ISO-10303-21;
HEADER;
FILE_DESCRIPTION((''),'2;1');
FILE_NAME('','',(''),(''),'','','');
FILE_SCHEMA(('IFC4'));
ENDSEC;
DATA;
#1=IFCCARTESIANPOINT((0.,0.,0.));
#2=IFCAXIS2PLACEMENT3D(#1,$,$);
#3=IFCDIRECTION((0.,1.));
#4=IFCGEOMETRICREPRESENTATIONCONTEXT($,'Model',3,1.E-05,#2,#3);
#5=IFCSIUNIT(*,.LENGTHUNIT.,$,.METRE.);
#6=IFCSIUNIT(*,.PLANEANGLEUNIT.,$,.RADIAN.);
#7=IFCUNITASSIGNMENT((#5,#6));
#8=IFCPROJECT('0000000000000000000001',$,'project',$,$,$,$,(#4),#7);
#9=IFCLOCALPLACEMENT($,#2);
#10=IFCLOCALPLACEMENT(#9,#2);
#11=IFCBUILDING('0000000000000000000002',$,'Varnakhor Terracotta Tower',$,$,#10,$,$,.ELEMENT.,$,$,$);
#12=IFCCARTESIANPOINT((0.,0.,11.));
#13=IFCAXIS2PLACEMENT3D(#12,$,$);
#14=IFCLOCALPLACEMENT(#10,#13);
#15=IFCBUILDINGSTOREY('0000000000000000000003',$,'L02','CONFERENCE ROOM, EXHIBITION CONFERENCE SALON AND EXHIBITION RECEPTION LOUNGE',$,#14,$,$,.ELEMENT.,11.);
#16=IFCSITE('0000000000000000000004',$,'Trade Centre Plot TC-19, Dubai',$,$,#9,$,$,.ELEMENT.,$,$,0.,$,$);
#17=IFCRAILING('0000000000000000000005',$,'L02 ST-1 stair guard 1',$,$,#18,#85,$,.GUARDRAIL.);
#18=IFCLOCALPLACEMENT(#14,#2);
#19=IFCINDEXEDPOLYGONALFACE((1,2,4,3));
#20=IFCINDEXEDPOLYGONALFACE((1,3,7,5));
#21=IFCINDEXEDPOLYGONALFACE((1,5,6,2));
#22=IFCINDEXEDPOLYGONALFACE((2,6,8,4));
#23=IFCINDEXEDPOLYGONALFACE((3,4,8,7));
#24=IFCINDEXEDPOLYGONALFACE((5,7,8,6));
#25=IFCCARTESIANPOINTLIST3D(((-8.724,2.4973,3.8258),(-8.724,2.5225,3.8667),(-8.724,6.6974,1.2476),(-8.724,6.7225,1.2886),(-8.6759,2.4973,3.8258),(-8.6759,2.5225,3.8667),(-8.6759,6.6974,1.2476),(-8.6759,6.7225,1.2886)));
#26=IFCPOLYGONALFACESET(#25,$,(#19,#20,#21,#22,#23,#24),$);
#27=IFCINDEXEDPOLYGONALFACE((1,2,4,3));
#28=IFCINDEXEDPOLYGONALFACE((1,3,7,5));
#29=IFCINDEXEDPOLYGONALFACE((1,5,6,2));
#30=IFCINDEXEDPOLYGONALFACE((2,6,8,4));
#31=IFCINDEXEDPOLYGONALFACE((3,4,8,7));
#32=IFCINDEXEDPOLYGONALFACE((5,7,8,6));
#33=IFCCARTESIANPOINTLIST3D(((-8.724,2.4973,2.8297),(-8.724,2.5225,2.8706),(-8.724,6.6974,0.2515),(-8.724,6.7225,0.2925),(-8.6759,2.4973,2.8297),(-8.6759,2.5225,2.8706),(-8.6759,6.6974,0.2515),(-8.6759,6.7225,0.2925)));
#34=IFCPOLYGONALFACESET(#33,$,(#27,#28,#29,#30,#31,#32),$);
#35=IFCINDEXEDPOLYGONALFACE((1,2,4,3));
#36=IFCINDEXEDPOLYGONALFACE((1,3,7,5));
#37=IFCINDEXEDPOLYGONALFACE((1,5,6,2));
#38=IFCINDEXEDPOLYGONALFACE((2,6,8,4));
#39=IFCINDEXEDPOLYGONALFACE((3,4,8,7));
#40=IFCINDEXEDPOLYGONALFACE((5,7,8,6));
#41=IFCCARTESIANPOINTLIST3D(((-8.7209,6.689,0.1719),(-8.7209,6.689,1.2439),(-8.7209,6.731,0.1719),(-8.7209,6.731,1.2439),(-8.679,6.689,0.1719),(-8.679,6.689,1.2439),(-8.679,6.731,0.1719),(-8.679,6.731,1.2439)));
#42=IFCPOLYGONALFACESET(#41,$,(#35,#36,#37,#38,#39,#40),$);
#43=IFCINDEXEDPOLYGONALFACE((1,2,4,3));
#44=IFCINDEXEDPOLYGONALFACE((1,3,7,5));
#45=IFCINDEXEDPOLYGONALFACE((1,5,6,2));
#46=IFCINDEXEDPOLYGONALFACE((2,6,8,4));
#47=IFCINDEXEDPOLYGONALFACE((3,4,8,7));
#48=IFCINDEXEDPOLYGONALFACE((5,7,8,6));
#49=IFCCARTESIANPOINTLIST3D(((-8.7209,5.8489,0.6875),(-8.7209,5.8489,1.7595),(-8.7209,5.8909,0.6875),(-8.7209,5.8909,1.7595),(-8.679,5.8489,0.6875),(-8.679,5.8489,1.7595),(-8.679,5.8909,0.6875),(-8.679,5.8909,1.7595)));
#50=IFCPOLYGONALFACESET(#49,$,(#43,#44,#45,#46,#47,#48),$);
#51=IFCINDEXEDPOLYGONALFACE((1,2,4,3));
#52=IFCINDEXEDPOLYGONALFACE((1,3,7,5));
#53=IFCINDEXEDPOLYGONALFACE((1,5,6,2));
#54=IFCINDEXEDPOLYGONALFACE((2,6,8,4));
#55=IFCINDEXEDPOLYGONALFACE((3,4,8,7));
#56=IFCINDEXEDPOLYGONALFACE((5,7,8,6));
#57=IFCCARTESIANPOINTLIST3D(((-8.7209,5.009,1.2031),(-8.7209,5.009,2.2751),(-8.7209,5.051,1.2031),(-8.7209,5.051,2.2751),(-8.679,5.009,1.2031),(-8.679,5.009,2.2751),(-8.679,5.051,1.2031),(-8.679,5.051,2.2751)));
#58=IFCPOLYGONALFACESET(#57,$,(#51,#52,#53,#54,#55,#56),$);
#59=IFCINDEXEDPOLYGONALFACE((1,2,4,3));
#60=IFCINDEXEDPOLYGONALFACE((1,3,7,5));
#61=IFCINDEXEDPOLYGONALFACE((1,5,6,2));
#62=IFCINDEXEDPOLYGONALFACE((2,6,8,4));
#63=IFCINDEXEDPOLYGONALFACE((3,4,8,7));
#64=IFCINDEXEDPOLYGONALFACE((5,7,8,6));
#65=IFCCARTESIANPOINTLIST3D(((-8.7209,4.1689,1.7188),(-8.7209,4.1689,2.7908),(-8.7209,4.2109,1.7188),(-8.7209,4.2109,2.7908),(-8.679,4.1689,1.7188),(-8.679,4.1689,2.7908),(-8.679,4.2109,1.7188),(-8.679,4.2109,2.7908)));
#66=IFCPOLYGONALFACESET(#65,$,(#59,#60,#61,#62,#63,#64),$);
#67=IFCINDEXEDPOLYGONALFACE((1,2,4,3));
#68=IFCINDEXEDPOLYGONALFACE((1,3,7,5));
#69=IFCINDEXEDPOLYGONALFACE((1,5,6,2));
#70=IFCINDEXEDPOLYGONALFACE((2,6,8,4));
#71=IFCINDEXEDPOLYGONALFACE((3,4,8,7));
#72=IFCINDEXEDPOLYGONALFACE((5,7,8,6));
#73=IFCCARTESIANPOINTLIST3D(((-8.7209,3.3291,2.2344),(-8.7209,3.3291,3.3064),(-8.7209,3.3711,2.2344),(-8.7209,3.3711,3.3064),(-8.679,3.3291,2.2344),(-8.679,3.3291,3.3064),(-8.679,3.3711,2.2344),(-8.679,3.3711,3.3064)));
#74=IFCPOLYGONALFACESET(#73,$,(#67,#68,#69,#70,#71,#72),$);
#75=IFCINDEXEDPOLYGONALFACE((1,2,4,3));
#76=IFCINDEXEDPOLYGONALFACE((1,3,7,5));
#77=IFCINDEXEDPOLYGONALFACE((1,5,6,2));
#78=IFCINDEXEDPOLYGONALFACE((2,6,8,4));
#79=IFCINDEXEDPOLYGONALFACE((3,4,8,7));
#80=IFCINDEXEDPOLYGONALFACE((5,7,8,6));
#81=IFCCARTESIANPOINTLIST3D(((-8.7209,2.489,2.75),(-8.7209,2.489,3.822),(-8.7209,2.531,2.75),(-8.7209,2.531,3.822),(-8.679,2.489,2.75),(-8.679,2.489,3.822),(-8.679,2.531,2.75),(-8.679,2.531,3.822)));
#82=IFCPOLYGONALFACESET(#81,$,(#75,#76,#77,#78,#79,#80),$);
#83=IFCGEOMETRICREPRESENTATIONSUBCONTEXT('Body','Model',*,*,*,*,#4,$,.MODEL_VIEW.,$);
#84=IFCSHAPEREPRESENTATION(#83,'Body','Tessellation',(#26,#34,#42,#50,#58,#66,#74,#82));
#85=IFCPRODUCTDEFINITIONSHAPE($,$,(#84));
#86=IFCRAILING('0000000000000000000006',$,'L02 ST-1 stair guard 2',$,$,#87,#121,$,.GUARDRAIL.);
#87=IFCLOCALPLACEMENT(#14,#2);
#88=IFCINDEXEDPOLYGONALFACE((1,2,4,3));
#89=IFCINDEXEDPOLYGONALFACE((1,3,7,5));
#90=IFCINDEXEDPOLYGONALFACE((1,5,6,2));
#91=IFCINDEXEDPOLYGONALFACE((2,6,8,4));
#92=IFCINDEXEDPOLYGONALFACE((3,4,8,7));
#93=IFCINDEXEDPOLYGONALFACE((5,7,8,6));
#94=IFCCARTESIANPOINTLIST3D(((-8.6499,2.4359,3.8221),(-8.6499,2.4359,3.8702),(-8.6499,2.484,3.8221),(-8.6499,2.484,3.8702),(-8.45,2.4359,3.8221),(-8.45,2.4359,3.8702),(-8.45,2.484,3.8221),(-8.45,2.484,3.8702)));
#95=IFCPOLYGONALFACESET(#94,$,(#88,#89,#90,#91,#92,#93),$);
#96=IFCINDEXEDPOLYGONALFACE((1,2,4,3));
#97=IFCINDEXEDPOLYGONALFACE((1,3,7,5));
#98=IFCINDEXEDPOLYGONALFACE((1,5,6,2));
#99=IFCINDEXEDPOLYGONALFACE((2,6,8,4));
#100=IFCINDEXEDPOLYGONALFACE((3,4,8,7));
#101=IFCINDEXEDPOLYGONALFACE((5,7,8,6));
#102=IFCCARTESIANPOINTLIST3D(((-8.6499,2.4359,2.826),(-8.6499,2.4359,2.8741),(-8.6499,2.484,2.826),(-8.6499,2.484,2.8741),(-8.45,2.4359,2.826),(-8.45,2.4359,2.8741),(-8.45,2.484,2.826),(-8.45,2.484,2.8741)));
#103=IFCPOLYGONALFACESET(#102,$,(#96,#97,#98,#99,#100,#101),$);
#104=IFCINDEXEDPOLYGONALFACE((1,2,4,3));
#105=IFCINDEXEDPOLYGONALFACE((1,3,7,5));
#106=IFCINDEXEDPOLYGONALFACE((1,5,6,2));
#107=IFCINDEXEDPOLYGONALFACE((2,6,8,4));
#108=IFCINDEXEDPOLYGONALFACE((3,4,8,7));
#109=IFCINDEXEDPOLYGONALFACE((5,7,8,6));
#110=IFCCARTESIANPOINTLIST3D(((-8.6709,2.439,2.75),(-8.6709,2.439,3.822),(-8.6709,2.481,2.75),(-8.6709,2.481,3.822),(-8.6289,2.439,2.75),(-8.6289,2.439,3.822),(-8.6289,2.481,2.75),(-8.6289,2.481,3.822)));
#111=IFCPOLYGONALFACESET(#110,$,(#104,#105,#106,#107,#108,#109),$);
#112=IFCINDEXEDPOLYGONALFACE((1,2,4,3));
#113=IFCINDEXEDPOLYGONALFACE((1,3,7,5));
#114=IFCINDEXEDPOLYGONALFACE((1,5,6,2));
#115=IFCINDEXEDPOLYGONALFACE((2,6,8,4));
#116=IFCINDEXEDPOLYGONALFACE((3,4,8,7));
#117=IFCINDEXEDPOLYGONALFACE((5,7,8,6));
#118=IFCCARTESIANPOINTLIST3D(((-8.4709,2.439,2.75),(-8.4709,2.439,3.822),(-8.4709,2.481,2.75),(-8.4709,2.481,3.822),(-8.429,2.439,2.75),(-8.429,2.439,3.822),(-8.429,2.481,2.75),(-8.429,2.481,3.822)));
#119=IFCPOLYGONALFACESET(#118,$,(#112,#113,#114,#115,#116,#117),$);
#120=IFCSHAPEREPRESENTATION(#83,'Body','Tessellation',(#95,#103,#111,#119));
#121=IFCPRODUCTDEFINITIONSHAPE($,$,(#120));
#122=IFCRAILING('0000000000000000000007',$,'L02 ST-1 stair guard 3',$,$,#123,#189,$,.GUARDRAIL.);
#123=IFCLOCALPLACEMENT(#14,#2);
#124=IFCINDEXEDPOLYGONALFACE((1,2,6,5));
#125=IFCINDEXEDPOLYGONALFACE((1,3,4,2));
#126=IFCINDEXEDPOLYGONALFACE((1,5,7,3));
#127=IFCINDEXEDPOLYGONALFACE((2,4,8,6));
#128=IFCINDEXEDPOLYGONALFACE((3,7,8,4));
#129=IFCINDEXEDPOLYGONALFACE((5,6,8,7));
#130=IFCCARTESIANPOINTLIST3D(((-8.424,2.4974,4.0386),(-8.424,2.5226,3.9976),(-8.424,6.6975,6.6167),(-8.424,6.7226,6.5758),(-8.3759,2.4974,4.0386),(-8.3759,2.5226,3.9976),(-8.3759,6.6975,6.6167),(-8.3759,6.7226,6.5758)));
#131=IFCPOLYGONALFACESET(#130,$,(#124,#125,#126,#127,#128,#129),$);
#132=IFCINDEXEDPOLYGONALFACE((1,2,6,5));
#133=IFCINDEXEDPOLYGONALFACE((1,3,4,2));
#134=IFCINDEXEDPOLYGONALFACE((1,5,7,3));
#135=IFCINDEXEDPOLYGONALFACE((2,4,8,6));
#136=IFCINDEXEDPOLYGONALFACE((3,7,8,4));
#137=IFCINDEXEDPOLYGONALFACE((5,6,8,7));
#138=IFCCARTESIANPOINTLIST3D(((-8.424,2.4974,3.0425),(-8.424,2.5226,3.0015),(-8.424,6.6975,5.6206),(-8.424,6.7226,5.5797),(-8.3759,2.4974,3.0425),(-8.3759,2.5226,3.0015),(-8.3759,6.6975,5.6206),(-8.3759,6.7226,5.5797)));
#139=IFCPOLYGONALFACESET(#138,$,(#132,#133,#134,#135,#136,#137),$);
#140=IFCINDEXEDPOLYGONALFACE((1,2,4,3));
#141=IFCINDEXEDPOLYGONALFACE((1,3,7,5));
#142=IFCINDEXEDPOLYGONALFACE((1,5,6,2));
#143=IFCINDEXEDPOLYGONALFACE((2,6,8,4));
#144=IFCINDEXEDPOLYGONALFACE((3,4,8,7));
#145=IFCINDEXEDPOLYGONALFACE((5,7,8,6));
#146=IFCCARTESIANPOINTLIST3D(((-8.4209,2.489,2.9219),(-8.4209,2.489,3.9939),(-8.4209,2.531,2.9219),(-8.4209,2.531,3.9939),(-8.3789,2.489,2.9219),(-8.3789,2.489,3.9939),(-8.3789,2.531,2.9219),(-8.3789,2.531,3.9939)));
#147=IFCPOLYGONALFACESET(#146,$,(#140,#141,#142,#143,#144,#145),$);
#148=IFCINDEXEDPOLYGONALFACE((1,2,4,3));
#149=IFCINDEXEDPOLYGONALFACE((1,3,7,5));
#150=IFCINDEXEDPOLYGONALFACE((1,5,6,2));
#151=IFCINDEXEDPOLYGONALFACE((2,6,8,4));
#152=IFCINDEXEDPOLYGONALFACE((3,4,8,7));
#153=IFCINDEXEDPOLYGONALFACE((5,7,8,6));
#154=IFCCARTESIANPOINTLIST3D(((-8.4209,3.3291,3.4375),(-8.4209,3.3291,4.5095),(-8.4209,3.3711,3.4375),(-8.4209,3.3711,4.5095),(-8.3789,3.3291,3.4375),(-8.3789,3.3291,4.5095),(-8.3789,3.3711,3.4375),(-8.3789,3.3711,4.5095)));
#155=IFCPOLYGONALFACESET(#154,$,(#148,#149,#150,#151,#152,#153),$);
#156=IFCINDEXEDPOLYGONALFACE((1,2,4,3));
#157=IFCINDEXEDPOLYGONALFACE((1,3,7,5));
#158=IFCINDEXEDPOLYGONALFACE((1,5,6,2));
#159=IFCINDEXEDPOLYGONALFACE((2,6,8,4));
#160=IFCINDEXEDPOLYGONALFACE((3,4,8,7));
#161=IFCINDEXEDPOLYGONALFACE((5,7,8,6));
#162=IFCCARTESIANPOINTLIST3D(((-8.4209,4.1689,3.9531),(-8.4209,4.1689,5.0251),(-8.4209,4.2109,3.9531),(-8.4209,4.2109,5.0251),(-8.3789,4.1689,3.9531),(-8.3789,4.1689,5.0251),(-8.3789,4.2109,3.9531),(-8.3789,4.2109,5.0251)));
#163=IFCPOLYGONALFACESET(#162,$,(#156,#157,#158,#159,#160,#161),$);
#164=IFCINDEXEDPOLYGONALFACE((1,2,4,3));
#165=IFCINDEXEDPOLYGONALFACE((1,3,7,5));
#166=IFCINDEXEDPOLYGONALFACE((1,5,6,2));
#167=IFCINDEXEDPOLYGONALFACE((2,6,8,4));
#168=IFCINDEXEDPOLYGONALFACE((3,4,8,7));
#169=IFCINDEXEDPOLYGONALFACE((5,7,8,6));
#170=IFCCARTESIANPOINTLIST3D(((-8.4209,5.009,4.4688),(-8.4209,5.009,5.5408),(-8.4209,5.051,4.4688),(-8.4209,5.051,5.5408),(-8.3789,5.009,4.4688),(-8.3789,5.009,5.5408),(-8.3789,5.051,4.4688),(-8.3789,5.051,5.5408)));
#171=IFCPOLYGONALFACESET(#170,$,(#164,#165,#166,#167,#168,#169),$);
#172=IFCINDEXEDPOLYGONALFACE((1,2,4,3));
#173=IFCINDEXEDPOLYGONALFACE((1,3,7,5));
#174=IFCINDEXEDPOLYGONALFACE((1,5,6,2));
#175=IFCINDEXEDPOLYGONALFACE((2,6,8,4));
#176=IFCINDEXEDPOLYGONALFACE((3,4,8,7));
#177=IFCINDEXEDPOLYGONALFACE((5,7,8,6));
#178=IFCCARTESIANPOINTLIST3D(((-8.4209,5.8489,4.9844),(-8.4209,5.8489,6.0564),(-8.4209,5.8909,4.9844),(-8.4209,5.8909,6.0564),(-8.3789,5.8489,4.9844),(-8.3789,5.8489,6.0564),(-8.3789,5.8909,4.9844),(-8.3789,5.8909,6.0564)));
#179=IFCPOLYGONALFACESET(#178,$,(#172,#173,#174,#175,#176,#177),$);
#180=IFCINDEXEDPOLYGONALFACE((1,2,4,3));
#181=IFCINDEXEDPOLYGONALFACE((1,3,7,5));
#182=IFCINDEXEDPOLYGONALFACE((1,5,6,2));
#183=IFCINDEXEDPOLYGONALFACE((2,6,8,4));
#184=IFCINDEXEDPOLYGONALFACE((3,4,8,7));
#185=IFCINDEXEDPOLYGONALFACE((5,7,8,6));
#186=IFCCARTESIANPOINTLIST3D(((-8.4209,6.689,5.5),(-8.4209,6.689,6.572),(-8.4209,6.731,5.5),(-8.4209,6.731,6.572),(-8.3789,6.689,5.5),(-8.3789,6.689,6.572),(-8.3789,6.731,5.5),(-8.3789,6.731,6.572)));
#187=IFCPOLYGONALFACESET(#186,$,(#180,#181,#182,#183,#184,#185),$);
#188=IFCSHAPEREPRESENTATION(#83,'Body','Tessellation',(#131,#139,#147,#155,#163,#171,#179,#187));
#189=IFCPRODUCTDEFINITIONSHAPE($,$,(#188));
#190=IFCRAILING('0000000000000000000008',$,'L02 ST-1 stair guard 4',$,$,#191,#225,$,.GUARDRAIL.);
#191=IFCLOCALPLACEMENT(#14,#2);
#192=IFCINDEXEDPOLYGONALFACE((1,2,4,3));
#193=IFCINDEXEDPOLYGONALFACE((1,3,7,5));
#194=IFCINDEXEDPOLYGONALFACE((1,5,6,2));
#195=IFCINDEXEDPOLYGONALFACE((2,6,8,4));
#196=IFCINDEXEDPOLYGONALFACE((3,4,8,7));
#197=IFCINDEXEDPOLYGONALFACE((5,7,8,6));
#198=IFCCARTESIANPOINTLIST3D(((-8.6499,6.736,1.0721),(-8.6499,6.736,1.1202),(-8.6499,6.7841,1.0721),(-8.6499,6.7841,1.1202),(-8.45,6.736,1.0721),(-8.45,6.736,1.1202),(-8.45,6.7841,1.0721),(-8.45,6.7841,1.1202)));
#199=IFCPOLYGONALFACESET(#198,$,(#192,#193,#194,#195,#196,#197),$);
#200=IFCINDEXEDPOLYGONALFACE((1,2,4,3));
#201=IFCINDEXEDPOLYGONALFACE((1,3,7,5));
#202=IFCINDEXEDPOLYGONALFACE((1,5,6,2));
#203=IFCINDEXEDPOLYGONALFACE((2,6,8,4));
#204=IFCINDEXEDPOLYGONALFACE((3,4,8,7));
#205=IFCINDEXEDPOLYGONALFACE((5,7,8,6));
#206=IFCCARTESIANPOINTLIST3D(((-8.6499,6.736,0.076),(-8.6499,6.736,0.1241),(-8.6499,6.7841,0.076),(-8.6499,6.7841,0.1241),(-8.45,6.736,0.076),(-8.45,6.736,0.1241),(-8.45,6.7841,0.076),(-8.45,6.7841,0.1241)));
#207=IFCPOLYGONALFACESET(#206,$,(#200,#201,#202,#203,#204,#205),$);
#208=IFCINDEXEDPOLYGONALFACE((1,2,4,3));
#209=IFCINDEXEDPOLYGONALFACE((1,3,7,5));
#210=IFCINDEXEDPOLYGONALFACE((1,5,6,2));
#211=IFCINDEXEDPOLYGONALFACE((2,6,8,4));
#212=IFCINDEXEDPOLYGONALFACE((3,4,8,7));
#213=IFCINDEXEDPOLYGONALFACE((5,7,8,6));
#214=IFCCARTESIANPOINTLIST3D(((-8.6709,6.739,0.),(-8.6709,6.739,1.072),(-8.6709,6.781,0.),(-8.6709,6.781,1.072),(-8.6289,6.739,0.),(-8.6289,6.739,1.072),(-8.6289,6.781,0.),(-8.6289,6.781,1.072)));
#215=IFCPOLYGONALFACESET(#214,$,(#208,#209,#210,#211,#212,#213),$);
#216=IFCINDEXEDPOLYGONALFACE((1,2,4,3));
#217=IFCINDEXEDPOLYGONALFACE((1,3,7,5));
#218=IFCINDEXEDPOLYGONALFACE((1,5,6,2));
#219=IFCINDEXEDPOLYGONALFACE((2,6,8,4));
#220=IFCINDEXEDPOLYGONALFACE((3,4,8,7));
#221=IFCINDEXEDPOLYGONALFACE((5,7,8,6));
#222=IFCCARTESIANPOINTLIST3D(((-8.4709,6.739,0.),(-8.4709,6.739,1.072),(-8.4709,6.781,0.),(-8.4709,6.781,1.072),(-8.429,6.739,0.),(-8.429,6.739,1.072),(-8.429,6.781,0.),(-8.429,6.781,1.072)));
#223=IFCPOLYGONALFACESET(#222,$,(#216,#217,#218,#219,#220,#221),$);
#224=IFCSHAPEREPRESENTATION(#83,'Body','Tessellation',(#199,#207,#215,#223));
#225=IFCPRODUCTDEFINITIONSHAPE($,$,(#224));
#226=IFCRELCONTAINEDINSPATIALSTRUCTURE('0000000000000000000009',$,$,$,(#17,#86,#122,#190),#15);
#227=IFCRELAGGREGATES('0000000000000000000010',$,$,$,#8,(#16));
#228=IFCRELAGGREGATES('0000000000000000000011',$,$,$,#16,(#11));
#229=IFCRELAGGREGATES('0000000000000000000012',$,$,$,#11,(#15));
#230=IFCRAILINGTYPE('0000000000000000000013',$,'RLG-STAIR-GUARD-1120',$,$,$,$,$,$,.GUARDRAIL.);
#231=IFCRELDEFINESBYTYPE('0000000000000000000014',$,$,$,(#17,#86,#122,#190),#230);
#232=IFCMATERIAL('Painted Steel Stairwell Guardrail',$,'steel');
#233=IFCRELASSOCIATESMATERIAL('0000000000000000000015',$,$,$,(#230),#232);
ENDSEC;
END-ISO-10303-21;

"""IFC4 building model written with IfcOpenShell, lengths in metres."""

from ifc_helpers import new_model, si_unit, direction, frame, origin, origin_2d, place, context, subcontext, project, spatial, rectangle, extrude, material, type_object, element, save


model = new_model("IFC4")

# Units and contexts
model_context = context("Model", 3, precision=1e-05, world=origin(), true_north=direction((0.0, 1.0)))
body_context = subcontext(model_context, "Body", "Model", "MODEL_VIEW")
ifc_project = project(units=[si_unit("LENGTHUNIT", "METRE"), si_unit("PLANEANGLEUNIT", "RADIAN")], contexts=[model_context])

# Site, building, storey
site_placement = place(None, origin())
site = spatial("IfcSite", under=ifc_project, at=site_placement, Name="Trade Centre Plot TC-19, Dubai", CompositionType="ELEMENT", RefElevation=0.0)
building_placement = place(site_placement, origin())
building = spatial("IfcBuilding", under=site, at=building_placement, Name="Varnakhor Terracotta Tower", CompositionType="ELEMENT")
storey_placement = place(building_placement, frame((0.0, 0.0, 11.0)))
storey = spatial("IfcBuildingStorey", under=building, at=storey_placement, Name="L02", Description="CONFERENCE ROOM, EXHIBITION CONFERENCE SALON AND EXHIBITION RECEPTION LOUNGE", CompositionType="ELEMENT", Elevation=11.0)

# Railings
ifc_material_1 = material(Name="Painted Steel Stairwell Guardrail", Category="steel")
railing_type_1 = type_object("IfcRailingType", Name="RLG-STAIR-GUARD-1120", PredefinedType="GUARDRAIL", material=ifc_material_1)
railing_1_placement = place(storey_placement, frame((-8.7, 6.71, 0.1719)))
element("IfcRailing", 1, at=railing_1_placement, inside=storey, type_object=railing_type_1, Name="L02 ST-1 stair guard 1", PredefinedType="GUARDRAIL", context=body_context, shape_type="SweptSolid", body=[
    extrude(rectangle(XDim=0.0481, YDim=0.0481, at=origin_2d()), frame((0.0, 0.0, 1.0962), z_axis=(0.0, -0.852243, 0.523146), x_axis=(1.0, 0.0, 0.0)), (0.0, 0.0, 1.0), 4.9282),
    extrude(rectangle(XDim=0.0481, YDim=0.0481, at=origin_2d()), frame((0.0, 0.0, 0.1001), z_axis=(0.0, -0.852243, 0.523146), x_axis=(1.0, 0.0, 0.0)), (0.0, 0.0, 1.0), 4.9282),
    extrude(rectangle(XDim=0.042, YDim=0.042, at=origin_2d()), origin(), (0.0, 0.0, 1.0), 1.072),
    extrude(rectangle(XDim=0.042, YDim=0.042, at=origin_2d()), frame((0.0, -0.8401, 0.5156)), (0.0, 0.0, 1.0), 1.072),
    extrude(rectangle(XDim=0.042, YDim=0.042, at=origin_2d()), frame((0.0, -1.6799, 1.0312)), (0.0, 0.0, 1.0), 1.072),
    extrude(rectangle(XDim=0.042, YDim=0.042, at=origin_2d()), frame((0.0, -2.52, 1.5469)), (0.0, 0.0, 1.0), 1.072),
    extrude(rectangle(XDim=0.042, YDim=0.042, at=origin_2d()), frame((0.0, -3.3599, 2.0625)), (0.0, 0.0, 1.0), 1.072),
    extrude(rectangle(XDim=0.042, YDim=0.042, at=origin_2d()), frame((0.0, -4.2, 2.5781)), (0.0, 0.0, 1.0), 1.072),
])
railing_2_placement = place(storey_placement, frame((-8.6499, 2.46, 2.75)))
element("IfcRailing", 2, at=railing_2_placement, inside=storey, type_object=railing_type_1, Name="L02 ST-1 stair guard 2", PredefinedType="GUARDRAIL", context=body_context, shape_type="SweptSolid", body=[
    extrude(rectangle(XDim=0.0481, YDim=0.0481, at=origin_2d()), frame((0.0, 0.0, 1.0962), z_axis=(1.0, 0.0, 0.0), x_axis=(0.0, 1.0, 0.0)), (0.0, 0.0, 1.0), 0.2),
    extrude(rectangle(XDim=0.0481, YDim=0.0481, at=origin_2d()), frame((0.0, 0.0, 0.1001), z_axis=(1.0, 0.0, 0.0), x_axis=(0.0, 1.0, 0.0)), (0.0, 0.0, 1.0), 0.2),
    extrude(rectangle(XDim=0.042, YDim=0.042, at=origin_2d()), origin(), (0.0, 0.0, 1.0), 1.072),
    extrude(rectangle(XDim=0.042, YDim=0.042, at=origin_2d()), frame((0.2, 0.0, 0.0)), (0.0, 0.0, 1.0), 1.072),
])
railing_3_placement = place(storey_placement, frame((-8.3999, 2.51, 2.9219)))
element("IfcRailing", 3, at=railing_3_placement, inside=storey, type_object=railing_type_1, Name="L02 ST-1 stair guard 3", PredefinedType="GUARDRAIL", context=body_context, shape_type="SweptSolid", body=[
    extrude(rectangle(XDim=0.0481, YDim=0.0481, at=origin_2d()), frame((0.0, 0.0, 1.0962), z_axis=(0.0, 0.852243, 0.523146), x_axis=(-1.0, 0.0, 0.0)), (0.0, 0.0, 1.0), 4.9282),
    extrude(rectangle(XDim=0.0481, YDim=0.0481, at=origin_2d()), frame((0.0, 0.0, 0.1001), z_axis=(0.0, 0.852243, 0.523146), x_axis=(-1.0, 0.0, 0.0)), (0.0, 0.0, 1.0), 4.9282),
    extrude(rectangle(XDim=0.042, YDim=0.042, at=origin_2d()), origin(), (0.0, 0.0, 1.0), 1.072),
    extrude(rectangle(XDim=0.042, YDim=0.042, at=origin_2d()), frame((0.0, 0.8401, 0.5156)), (0.0, 0.0, 1.0), 1.072),
    extrude(rectangle(XDim=0.042, YDim=0.042, at=origin_2d()), frame((0.0, 1.6799, 1.0312)), (0.0, 0.0, 1.0), 1.072),
    extrude(rectangle(XDim=0.042, YDim=0.042, at=origin_2d()), frame((0.0, 2.52, 1.5469)), (0.0, 0.0, 1.0), 1.072),
    extrude(rectangle(XDim=0.042, YDim=0.042, at=origin_2d()), frame((0.0, 3.3599, 2.0625)), (0.0, 0.0, 1.0), 1.072),
    extrude(rectangle(XDim=0.042, YDim=0.042, at=origin_2d()), frame((0.0, 4.2, 2.5781)), (0.0, 0.0, 1.0), 1.072),
])
railing_4_placement = place(storey_placement, frame((-8.6499, 6.76, 0.0)))
element("IfcRailing", 4, at=railing_4_placement, inside=storey, type_object=railing_type_1, Name="L02 ST-1 stair guard 4", PredefinedType="GUARDRAIL", context=body_context, shape_type="SweptSolid", body=[
    extrude(rectangle(XDim=0.0481, YDim=0.0481, at=origin_2d()), frame((0.0, 0.0, 1.0962), z_axis=(1.0, 0.0, 0.0), x_axis=(0.0, 1.0, 0.0)), (0.0, 0.0, 1.0), 0.2),
    extrude(rectangle(XDim=0.0481, YDim=0.0481, at=origin_2d()), frame((0.0, 0.0, 0.1001), z_axis=(1.0, 0.0, 0.0), x_axis=(0.0, 1.0, 0.0)), (0.0, 0.0, 1.0), 0.2),
    extrude(rectangle(XDim=0.042, YDim=0.042, at=origin_2d()), origin(), (0.0, 0.0, 1.0), 1.072),
    extrude(rectangle(XDim=0.042, YDim=0.042, at=origin_2d()), frame((0.2, 0.0, 0.0)), (0.0, 0.0, 1.0), 1.072),
])

save(model, "model.ifc")
